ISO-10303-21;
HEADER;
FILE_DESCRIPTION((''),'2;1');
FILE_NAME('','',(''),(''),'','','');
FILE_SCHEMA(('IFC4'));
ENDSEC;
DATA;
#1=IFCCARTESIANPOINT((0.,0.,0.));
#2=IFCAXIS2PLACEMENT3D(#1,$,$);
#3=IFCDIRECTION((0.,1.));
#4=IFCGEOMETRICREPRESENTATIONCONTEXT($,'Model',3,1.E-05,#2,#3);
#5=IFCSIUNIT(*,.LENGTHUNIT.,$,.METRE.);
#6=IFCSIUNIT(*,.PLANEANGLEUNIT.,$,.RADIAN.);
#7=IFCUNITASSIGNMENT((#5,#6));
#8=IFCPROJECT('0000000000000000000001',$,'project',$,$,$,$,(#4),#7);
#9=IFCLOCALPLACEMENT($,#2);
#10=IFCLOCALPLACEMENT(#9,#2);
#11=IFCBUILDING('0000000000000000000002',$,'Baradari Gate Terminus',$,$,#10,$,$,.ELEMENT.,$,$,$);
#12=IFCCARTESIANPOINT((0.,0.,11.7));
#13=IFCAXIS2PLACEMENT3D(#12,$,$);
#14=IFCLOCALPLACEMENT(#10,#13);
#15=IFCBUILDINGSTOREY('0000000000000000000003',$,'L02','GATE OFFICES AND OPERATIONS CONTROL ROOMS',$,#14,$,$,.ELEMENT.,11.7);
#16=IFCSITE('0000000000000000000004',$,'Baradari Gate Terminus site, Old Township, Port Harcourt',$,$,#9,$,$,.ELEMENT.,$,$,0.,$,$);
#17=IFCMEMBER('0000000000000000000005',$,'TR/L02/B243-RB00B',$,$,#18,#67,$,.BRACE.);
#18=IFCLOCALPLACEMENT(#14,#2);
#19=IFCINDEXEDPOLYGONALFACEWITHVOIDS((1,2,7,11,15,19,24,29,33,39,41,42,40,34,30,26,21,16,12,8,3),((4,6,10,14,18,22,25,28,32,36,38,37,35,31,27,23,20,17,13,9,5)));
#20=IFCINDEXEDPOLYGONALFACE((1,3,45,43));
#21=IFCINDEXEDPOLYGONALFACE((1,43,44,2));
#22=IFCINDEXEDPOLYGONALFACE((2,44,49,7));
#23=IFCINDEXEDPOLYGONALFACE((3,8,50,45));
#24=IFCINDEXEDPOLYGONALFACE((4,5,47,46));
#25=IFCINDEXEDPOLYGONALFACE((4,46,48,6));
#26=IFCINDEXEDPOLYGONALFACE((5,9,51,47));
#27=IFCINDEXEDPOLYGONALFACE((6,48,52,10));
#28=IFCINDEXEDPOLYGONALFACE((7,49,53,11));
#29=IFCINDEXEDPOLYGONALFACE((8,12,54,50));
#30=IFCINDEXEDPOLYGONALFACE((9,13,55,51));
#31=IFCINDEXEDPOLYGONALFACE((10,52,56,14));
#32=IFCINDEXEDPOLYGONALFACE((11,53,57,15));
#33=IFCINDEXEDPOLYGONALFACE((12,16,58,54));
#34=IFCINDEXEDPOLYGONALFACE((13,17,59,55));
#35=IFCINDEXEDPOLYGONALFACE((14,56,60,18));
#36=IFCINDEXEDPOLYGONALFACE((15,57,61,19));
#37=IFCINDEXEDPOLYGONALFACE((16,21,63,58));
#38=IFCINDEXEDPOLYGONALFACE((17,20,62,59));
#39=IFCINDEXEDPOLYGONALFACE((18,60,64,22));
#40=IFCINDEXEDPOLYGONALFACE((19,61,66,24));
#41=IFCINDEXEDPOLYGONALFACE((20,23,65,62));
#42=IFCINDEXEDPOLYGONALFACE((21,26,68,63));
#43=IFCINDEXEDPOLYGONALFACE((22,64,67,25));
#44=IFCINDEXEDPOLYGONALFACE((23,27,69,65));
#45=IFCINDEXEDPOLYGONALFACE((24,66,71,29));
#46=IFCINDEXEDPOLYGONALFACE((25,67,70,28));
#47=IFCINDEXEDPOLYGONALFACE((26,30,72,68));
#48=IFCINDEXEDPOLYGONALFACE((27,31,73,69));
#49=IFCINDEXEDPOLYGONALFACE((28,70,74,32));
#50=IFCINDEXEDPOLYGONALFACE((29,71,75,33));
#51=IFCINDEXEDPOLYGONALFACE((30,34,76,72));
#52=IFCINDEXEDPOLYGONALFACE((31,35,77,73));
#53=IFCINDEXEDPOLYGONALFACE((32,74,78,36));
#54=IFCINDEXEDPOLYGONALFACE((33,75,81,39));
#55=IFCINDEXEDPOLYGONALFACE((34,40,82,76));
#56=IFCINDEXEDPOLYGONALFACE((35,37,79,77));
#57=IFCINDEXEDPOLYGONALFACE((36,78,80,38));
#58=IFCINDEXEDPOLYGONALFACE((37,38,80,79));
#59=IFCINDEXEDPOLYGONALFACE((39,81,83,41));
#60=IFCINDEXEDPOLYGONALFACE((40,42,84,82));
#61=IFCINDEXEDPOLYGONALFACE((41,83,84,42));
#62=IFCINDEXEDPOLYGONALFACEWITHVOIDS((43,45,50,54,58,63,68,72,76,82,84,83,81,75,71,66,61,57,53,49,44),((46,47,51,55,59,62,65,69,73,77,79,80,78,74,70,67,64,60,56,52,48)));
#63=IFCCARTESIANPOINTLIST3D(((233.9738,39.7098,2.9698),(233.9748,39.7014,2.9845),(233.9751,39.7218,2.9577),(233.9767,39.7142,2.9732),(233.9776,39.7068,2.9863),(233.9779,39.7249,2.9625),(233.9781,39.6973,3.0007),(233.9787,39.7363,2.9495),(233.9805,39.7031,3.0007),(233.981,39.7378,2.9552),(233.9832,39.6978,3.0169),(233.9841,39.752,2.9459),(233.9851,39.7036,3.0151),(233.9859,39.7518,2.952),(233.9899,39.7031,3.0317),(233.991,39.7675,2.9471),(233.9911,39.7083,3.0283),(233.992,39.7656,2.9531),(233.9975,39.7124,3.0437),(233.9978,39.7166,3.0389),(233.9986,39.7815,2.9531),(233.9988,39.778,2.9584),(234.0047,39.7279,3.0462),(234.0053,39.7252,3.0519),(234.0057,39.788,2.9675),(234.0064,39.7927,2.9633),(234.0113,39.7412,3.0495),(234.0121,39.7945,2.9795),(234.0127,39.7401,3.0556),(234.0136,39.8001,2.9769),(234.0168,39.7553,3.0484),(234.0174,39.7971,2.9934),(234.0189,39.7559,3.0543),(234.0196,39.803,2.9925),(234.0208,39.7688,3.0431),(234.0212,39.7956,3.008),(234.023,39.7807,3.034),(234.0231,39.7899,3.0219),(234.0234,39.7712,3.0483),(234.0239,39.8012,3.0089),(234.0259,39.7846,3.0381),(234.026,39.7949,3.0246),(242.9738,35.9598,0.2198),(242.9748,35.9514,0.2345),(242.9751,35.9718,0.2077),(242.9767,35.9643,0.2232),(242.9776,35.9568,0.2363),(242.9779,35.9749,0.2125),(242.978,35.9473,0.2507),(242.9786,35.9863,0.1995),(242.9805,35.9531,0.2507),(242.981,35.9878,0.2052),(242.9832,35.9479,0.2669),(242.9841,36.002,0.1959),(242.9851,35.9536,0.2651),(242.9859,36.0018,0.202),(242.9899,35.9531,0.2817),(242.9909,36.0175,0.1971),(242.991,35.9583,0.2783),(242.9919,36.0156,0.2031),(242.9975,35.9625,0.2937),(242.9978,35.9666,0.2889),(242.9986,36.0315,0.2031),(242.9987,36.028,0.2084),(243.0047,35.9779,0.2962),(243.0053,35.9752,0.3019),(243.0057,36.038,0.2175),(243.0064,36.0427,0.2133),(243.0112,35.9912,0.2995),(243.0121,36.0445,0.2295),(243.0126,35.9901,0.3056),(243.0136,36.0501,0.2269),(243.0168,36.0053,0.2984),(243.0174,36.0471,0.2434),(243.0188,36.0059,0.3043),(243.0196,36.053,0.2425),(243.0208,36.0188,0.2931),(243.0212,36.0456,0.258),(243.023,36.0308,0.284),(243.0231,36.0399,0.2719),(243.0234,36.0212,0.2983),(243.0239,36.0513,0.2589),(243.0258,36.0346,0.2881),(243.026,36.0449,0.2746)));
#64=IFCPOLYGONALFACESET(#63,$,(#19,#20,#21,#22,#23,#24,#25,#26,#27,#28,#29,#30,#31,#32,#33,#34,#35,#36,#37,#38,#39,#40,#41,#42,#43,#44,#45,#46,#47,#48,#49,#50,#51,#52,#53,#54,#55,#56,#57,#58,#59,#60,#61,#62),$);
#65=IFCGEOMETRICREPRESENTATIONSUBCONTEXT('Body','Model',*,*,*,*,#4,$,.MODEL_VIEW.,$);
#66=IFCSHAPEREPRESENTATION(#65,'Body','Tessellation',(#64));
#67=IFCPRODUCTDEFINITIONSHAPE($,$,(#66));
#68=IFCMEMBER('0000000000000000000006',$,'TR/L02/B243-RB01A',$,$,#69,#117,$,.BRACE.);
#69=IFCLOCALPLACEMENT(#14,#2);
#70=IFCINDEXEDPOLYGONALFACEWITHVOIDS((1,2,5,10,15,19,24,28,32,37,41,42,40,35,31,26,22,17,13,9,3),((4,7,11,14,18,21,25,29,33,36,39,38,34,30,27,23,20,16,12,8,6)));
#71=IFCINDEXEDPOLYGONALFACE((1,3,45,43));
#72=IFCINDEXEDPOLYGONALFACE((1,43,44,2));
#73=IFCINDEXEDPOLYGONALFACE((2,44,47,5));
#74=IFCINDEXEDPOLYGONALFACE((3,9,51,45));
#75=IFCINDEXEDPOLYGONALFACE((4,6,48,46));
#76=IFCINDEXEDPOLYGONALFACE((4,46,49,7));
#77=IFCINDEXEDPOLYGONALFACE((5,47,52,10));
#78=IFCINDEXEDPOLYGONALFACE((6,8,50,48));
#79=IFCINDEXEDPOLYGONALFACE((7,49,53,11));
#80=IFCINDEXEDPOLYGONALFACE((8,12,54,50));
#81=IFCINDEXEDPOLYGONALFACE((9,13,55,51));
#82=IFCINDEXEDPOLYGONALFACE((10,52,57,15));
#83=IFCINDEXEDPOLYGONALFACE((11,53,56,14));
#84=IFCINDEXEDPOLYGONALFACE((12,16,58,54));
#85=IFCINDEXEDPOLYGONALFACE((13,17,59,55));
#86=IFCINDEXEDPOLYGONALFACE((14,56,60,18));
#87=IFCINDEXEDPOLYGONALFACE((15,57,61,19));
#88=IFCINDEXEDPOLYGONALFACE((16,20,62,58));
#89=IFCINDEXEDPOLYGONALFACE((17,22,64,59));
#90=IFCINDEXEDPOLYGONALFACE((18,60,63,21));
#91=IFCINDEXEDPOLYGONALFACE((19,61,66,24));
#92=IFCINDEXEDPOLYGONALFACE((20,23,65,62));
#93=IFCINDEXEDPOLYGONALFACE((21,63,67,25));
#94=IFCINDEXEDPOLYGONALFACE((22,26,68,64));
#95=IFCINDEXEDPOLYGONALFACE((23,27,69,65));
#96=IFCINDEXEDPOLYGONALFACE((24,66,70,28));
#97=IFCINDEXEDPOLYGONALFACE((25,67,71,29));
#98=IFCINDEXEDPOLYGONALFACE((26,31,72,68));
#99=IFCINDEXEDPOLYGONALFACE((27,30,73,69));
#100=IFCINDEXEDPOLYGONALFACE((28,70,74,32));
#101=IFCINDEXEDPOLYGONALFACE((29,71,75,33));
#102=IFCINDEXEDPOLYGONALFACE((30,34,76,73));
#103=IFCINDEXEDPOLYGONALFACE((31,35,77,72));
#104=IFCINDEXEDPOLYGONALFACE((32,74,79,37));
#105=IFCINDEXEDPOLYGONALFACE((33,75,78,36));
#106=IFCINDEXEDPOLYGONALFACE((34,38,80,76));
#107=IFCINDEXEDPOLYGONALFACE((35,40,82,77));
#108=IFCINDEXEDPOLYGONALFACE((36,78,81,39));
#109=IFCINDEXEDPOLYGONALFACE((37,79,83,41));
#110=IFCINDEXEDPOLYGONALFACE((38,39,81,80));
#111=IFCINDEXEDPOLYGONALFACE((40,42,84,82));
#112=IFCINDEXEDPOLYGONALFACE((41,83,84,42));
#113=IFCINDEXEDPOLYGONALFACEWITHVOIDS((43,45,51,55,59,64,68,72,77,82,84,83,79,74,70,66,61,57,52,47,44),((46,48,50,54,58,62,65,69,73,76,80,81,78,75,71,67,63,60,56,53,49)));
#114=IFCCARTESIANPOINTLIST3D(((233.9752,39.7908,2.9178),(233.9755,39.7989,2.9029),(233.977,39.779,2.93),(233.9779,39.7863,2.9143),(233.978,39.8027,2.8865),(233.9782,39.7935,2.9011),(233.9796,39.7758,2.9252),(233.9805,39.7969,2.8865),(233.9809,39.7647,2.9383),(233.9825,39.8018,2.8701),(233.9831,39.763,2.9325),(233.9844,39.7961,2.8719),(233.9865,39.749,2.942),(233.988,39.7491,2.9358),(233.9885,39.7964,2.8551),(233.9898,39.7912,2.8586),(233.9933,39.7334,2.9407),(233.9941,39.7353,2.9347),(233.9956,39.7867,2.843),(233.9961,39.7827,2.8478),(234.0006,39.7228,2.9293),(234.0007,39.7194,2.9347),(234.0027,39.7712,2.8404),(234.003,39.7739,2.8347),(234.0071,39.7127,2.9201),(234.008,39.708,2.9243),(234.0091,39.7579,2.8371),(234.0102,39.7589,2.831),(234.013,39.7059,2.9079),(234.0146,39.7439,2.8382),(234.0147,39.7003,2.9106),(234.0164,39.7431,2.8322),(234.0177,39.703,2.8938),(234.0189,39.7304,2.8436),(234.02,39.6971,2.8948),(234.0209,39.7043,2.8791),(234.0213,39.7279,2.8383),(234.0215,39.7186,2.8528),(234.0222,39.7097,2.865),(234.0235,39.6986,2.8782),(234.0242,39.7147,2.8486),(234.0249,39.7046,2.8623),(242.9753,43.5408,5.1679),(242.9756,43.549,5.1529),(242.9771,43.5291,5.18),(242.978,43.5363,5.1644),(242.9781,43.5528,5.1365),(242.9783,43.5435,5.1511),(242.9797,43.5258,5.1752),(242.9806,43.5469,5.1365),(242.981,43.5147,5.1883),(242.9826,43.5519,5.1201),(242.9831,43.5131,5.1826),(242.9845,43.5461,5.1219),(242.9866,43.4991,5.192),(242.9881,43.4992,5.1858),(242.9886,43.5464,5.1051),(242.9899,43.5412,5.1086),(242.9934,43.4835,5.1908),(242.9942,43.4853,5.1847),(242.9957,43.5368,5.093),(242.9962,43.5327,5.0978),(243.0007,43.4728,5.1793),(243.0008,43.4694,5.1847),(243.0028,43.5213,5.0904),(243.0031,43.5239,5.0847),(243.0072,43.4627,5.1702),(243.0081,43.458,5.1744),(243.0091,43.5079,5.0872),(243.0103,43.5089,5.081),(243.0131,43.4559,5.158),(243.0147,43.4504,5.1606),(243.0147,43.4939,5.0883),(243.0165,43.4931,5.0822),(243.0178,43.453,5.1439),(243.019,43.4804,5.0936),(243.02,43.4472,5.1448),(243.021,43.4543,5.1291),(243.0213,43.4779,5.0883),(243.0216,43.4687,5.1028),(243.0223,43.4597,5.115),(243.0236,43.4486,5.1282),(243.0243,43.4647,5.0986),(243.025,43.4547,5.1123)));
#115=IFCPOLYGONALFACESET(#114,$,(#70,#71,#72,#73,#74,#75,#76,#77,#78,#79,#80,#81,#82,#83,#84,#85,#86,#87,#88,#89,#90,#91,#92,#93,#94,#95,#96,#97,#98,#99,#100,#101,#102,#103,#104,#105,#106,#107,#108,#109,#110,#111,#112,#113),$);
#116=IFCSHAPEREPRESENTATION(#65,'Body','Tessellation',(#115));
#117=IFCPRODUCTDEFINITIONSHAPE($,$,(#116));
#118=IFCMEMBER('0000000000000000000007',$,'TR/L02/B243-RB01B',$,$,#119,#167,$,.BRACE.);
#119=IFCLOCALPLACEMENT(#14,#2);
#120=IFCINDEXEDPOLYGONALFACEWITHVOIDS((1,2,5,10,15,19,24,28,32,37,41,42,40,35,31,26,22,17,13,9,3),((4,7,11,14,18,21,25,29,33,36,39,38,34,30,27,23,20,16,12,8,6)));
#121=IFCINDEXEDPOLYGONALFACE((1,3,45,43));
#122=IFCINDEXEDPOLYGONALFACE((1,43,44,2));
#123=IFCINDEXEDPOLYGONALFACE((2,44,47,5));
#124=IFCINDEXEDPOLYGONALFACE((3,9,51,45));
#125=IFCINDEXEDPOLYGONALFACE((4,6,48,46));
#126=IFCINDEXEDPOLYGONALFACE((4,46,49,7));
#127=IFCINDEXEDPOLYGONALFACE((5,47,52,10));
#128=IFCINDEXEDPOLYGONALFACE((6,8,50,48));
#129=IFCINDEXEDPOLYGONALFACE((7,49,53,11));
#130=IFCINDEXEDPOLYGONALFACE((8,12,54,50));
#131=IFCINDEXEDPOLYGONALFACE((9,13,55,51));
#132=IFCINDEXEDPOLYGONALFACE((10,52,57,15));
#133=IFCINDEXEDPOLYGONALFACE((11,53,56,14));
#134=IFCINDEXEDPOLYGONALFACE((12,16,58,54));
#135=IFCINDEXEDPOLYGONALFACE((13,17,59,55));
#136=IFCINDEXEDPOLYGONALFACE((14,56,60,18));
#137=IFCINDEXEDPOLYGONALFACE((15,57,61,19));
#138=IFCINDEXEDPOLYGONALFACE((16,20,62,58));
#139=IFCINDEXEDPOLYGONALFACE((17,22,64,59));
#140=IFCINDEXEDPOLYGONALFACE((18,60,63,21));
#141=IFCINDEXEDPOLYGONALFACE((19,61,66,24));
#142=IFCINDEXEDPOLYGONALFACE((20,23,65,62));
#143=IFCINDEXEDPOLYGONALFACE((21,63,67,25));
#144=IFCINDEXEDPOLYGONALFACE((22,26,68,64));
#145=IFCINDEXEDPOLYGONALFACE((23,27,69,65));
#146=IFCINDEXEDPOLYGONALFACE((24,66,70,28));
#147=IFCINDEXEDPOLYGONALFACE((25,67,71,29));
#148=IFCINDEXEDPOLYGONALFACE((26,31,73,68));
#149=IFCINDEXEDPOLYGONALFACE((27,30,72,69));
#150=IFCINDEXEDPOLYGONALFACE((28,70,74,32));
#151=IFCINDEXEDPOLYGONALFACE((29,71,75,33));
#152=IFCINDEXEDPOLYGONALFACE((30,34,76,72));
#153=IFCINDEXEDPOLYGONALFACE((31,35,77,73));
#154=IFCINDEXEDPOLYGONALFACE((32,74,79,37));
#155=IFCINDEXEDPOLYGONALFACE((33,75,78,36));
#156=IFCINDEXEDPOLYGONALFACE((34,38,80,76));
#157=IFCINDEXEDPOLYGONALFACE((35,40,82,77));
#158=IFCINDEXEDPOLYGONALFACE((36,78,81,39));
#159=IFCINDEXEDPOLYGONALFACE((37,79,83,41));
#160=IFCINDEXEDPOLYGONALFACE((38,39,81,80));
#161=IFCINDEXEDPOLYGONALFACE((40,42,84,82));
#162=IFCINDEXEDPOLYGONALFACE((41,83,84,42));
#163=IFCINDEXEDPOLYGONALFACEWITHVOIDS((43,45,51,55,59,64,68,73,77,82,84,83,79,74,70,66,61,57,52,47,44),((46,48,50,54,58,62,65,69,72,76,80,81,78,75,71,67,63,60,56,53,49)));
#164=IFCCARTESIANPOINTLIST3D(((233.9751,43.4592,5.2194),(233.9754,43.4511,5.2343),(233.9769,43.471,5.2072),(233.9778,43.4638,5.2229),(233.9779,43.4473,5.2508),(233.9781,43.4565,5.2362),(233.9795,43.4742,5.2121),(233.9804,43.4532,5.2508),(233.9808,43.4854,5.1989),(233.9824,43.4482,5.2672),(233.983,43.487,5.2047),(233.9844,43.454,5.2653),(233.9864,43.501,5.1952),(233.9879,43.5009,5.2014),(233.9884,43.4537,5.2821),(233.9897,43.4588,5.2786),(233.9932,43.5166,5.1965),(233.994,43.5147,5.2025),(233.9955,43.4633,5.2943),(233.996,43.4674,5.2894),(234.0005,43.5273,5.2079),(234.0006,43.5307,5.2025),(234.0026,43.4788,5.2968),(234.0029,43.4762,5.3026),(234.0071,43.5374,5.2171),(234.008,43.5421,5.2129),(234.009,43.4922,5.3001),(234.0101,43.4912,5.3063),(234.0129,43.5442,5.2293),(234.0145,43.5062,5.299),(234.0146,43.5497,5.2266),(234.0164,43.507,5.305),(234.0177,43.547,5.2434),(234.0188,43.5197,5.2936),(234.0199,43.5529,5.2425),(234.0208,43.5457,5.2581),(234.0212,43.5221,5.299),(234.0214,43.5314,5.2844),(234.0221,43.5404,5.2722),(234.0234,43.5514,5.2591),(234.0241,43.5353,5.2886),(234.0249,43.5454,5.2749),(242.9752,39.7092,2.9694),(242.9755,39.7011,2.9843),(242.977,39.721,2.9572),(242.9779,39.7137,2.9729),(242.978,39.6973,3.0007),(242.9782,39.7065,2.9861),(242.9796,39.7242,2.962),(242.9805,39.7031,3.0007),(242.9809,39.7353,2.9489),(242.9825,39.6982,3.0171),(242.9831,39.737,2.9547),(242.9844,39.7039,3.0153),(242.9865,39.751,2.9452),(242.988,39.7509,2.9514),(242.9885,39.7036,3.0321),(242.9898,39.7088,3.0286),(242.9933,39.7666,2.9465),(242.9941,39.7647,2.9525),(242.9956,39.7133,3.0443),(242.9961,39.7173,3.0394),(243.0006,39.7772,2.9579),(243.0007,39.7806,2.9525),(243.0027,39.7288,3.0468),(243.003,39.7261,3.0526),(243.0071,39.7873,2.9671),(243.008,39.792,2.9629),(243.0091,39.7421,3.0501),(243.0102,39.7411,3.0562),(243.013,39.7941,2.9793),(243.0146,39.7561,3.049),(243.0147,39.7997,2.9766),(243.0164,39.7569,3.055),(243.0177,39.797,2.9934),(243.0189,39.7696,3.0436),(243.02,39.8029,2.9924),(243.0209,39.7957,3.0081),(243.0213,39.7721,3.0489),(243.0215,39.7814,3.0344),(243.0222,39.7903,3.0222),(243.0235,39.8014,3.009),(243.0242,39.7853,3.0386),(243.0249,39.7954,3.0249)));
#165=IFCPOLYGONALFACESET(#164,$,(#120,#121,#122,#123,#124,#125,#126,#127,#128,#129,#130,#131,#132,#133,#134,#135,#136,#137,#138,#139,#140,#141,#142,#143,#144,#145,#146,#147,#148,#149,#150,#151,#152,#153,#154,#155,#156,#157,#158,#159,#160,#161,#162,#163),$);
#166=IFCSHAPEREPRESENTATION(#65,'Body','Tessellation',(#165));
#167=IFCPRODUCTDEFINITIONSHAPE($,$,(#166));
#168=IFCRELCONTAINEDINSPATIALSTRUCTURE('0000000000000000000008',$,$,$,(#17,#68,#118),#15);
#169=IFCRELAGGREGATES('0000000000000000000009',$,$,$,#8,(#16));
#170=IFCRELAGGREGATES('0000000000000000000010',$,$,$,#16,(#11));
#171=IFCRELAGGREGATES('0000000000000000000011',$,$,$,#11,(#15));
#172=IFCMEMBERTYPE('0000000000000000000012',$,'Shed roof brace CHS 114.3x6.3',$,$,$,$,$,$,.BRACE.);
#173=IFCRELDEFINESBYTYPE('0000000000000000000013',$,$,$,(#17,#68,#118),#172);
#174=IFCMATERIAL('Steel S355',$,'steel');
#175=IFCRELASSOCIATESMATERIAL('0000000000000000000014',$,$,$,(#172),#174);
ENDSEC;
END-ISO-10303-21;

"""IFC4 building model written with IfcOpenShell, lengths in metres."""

from ifc_helpers import new_model, si_unit, direction, frame, origin, origin_2d, place, context, subcontext, project, spatial, hollow_circle, extrude, material, material_profile, profile_set, type_object, element, save


model = new_model("IFC4")

# Units and contexts
model_context = context("Model", 3, precision=1e-05, world=origin(), true_north=direction((0.0, 1.0)))
body_context = subcontext(model_context, "Body", "Model", "MODEL_VIEW")
ifc_project = project(units=[si_unit("LENGTHUNIT", "METRE"), si_unit("PLANEANGLEUNIT", "RADIAN")], contexts=[model_context])

# Site, building, storey
site_placement = place(None, origin())
site = spatial("IfcSite", under=ifc_project, at=site_placement, Name="Baradari Gate Terminus site, Old Township, Port Harcourt", CompositionType="ELEMENT", RefElevation=0.0)
building_placement = place(site_placement, origin())
building = spatial("IfcBuilding", under=site, at=building_placement, Name="Baradari Gate Terminus", CompositionType="ELEMENT")
storey_placement = place(building_placement, frame((0.0, 0.0, 11.7)))
storey = spatial("IfcBuildingStorey", under=building, at=storey_placement, Name="L02", Description="GATE OFFICES AND OPERATIONS CONTROL ROOMS", CompositionType="ELEMENT", Elevation=11.7)

# Members
ifc_material_1 = material(Name="Steel S355", Category="steel")
ifc_material_profile_1 = material_profile(ifc_material_1, hollow_circle(Radius=0.0571, WallThickness=0.0063, at=origin_2d()), Name="CHS 114.3x6.3")
ifc_profile_set_1 = profile_set([ifc_material_profile_1], Name="Steel S355")
member_type_1 = type_object("IfcMemberType", Name="Shed roof brace CHS 114.3x6.3", PredefinedType="BRACE", material=ifc_profile_set_1)
for number, where, z_axis, x_axis, name in (
    (1, (243.0, 36.0, 0.2507), (-0.888415, 0.370173, 0.27146), (-0.384615, -0.923077, 0.0), "TR/L02/B243-RB00B"),
):
    element("IfcMember", number, at=place(storey_placement, frame(where, z_axis=z_axis, x_axis=x_axis)), inside=storey, type_object=member_type_1, Name=name, PredefinedType="BRACE", context=body_context, shape_type="SweptSolid", body=[
        extrude(hollow_circle(Radius=0.0571, WallThickness=0.0063, at=origin_2d()), origin(), (0.0, 0.0, 1.0), 10.1304),
    ])
for number, where, z_axis, x_axis, name in (
    (2, (234.0, 39.75, 2.8865), (0.899438, 0.374766, 0.22486), (-0.384615, 0.923077, 0.0), "TR/L02/B243-RB01A"),
    (3, (243.0, 39.75, 3.0007), (-0.899438, 0.374766, 0.22486), (-0.384615, -0.923077, 0.0), "TR/L02/B243-RB01B"),
):
    element("IfcMember", number, at=place(storey_placement, frame(where, z_axis=z_axis, x_axis=x_axis)), inside=storey, type_object=member_type_1, Name=name, PredefinedType="BRACE", context=body_context, shape_type="SweptSolid", body=[
        extrude(hollow_circle(Radius=0.0571, WallThickness=0.0063, at=origin_2d()), origin(), (0.0, 0.0, 1.0), 10.0063),
    ])

save(model, "model.ifc")
